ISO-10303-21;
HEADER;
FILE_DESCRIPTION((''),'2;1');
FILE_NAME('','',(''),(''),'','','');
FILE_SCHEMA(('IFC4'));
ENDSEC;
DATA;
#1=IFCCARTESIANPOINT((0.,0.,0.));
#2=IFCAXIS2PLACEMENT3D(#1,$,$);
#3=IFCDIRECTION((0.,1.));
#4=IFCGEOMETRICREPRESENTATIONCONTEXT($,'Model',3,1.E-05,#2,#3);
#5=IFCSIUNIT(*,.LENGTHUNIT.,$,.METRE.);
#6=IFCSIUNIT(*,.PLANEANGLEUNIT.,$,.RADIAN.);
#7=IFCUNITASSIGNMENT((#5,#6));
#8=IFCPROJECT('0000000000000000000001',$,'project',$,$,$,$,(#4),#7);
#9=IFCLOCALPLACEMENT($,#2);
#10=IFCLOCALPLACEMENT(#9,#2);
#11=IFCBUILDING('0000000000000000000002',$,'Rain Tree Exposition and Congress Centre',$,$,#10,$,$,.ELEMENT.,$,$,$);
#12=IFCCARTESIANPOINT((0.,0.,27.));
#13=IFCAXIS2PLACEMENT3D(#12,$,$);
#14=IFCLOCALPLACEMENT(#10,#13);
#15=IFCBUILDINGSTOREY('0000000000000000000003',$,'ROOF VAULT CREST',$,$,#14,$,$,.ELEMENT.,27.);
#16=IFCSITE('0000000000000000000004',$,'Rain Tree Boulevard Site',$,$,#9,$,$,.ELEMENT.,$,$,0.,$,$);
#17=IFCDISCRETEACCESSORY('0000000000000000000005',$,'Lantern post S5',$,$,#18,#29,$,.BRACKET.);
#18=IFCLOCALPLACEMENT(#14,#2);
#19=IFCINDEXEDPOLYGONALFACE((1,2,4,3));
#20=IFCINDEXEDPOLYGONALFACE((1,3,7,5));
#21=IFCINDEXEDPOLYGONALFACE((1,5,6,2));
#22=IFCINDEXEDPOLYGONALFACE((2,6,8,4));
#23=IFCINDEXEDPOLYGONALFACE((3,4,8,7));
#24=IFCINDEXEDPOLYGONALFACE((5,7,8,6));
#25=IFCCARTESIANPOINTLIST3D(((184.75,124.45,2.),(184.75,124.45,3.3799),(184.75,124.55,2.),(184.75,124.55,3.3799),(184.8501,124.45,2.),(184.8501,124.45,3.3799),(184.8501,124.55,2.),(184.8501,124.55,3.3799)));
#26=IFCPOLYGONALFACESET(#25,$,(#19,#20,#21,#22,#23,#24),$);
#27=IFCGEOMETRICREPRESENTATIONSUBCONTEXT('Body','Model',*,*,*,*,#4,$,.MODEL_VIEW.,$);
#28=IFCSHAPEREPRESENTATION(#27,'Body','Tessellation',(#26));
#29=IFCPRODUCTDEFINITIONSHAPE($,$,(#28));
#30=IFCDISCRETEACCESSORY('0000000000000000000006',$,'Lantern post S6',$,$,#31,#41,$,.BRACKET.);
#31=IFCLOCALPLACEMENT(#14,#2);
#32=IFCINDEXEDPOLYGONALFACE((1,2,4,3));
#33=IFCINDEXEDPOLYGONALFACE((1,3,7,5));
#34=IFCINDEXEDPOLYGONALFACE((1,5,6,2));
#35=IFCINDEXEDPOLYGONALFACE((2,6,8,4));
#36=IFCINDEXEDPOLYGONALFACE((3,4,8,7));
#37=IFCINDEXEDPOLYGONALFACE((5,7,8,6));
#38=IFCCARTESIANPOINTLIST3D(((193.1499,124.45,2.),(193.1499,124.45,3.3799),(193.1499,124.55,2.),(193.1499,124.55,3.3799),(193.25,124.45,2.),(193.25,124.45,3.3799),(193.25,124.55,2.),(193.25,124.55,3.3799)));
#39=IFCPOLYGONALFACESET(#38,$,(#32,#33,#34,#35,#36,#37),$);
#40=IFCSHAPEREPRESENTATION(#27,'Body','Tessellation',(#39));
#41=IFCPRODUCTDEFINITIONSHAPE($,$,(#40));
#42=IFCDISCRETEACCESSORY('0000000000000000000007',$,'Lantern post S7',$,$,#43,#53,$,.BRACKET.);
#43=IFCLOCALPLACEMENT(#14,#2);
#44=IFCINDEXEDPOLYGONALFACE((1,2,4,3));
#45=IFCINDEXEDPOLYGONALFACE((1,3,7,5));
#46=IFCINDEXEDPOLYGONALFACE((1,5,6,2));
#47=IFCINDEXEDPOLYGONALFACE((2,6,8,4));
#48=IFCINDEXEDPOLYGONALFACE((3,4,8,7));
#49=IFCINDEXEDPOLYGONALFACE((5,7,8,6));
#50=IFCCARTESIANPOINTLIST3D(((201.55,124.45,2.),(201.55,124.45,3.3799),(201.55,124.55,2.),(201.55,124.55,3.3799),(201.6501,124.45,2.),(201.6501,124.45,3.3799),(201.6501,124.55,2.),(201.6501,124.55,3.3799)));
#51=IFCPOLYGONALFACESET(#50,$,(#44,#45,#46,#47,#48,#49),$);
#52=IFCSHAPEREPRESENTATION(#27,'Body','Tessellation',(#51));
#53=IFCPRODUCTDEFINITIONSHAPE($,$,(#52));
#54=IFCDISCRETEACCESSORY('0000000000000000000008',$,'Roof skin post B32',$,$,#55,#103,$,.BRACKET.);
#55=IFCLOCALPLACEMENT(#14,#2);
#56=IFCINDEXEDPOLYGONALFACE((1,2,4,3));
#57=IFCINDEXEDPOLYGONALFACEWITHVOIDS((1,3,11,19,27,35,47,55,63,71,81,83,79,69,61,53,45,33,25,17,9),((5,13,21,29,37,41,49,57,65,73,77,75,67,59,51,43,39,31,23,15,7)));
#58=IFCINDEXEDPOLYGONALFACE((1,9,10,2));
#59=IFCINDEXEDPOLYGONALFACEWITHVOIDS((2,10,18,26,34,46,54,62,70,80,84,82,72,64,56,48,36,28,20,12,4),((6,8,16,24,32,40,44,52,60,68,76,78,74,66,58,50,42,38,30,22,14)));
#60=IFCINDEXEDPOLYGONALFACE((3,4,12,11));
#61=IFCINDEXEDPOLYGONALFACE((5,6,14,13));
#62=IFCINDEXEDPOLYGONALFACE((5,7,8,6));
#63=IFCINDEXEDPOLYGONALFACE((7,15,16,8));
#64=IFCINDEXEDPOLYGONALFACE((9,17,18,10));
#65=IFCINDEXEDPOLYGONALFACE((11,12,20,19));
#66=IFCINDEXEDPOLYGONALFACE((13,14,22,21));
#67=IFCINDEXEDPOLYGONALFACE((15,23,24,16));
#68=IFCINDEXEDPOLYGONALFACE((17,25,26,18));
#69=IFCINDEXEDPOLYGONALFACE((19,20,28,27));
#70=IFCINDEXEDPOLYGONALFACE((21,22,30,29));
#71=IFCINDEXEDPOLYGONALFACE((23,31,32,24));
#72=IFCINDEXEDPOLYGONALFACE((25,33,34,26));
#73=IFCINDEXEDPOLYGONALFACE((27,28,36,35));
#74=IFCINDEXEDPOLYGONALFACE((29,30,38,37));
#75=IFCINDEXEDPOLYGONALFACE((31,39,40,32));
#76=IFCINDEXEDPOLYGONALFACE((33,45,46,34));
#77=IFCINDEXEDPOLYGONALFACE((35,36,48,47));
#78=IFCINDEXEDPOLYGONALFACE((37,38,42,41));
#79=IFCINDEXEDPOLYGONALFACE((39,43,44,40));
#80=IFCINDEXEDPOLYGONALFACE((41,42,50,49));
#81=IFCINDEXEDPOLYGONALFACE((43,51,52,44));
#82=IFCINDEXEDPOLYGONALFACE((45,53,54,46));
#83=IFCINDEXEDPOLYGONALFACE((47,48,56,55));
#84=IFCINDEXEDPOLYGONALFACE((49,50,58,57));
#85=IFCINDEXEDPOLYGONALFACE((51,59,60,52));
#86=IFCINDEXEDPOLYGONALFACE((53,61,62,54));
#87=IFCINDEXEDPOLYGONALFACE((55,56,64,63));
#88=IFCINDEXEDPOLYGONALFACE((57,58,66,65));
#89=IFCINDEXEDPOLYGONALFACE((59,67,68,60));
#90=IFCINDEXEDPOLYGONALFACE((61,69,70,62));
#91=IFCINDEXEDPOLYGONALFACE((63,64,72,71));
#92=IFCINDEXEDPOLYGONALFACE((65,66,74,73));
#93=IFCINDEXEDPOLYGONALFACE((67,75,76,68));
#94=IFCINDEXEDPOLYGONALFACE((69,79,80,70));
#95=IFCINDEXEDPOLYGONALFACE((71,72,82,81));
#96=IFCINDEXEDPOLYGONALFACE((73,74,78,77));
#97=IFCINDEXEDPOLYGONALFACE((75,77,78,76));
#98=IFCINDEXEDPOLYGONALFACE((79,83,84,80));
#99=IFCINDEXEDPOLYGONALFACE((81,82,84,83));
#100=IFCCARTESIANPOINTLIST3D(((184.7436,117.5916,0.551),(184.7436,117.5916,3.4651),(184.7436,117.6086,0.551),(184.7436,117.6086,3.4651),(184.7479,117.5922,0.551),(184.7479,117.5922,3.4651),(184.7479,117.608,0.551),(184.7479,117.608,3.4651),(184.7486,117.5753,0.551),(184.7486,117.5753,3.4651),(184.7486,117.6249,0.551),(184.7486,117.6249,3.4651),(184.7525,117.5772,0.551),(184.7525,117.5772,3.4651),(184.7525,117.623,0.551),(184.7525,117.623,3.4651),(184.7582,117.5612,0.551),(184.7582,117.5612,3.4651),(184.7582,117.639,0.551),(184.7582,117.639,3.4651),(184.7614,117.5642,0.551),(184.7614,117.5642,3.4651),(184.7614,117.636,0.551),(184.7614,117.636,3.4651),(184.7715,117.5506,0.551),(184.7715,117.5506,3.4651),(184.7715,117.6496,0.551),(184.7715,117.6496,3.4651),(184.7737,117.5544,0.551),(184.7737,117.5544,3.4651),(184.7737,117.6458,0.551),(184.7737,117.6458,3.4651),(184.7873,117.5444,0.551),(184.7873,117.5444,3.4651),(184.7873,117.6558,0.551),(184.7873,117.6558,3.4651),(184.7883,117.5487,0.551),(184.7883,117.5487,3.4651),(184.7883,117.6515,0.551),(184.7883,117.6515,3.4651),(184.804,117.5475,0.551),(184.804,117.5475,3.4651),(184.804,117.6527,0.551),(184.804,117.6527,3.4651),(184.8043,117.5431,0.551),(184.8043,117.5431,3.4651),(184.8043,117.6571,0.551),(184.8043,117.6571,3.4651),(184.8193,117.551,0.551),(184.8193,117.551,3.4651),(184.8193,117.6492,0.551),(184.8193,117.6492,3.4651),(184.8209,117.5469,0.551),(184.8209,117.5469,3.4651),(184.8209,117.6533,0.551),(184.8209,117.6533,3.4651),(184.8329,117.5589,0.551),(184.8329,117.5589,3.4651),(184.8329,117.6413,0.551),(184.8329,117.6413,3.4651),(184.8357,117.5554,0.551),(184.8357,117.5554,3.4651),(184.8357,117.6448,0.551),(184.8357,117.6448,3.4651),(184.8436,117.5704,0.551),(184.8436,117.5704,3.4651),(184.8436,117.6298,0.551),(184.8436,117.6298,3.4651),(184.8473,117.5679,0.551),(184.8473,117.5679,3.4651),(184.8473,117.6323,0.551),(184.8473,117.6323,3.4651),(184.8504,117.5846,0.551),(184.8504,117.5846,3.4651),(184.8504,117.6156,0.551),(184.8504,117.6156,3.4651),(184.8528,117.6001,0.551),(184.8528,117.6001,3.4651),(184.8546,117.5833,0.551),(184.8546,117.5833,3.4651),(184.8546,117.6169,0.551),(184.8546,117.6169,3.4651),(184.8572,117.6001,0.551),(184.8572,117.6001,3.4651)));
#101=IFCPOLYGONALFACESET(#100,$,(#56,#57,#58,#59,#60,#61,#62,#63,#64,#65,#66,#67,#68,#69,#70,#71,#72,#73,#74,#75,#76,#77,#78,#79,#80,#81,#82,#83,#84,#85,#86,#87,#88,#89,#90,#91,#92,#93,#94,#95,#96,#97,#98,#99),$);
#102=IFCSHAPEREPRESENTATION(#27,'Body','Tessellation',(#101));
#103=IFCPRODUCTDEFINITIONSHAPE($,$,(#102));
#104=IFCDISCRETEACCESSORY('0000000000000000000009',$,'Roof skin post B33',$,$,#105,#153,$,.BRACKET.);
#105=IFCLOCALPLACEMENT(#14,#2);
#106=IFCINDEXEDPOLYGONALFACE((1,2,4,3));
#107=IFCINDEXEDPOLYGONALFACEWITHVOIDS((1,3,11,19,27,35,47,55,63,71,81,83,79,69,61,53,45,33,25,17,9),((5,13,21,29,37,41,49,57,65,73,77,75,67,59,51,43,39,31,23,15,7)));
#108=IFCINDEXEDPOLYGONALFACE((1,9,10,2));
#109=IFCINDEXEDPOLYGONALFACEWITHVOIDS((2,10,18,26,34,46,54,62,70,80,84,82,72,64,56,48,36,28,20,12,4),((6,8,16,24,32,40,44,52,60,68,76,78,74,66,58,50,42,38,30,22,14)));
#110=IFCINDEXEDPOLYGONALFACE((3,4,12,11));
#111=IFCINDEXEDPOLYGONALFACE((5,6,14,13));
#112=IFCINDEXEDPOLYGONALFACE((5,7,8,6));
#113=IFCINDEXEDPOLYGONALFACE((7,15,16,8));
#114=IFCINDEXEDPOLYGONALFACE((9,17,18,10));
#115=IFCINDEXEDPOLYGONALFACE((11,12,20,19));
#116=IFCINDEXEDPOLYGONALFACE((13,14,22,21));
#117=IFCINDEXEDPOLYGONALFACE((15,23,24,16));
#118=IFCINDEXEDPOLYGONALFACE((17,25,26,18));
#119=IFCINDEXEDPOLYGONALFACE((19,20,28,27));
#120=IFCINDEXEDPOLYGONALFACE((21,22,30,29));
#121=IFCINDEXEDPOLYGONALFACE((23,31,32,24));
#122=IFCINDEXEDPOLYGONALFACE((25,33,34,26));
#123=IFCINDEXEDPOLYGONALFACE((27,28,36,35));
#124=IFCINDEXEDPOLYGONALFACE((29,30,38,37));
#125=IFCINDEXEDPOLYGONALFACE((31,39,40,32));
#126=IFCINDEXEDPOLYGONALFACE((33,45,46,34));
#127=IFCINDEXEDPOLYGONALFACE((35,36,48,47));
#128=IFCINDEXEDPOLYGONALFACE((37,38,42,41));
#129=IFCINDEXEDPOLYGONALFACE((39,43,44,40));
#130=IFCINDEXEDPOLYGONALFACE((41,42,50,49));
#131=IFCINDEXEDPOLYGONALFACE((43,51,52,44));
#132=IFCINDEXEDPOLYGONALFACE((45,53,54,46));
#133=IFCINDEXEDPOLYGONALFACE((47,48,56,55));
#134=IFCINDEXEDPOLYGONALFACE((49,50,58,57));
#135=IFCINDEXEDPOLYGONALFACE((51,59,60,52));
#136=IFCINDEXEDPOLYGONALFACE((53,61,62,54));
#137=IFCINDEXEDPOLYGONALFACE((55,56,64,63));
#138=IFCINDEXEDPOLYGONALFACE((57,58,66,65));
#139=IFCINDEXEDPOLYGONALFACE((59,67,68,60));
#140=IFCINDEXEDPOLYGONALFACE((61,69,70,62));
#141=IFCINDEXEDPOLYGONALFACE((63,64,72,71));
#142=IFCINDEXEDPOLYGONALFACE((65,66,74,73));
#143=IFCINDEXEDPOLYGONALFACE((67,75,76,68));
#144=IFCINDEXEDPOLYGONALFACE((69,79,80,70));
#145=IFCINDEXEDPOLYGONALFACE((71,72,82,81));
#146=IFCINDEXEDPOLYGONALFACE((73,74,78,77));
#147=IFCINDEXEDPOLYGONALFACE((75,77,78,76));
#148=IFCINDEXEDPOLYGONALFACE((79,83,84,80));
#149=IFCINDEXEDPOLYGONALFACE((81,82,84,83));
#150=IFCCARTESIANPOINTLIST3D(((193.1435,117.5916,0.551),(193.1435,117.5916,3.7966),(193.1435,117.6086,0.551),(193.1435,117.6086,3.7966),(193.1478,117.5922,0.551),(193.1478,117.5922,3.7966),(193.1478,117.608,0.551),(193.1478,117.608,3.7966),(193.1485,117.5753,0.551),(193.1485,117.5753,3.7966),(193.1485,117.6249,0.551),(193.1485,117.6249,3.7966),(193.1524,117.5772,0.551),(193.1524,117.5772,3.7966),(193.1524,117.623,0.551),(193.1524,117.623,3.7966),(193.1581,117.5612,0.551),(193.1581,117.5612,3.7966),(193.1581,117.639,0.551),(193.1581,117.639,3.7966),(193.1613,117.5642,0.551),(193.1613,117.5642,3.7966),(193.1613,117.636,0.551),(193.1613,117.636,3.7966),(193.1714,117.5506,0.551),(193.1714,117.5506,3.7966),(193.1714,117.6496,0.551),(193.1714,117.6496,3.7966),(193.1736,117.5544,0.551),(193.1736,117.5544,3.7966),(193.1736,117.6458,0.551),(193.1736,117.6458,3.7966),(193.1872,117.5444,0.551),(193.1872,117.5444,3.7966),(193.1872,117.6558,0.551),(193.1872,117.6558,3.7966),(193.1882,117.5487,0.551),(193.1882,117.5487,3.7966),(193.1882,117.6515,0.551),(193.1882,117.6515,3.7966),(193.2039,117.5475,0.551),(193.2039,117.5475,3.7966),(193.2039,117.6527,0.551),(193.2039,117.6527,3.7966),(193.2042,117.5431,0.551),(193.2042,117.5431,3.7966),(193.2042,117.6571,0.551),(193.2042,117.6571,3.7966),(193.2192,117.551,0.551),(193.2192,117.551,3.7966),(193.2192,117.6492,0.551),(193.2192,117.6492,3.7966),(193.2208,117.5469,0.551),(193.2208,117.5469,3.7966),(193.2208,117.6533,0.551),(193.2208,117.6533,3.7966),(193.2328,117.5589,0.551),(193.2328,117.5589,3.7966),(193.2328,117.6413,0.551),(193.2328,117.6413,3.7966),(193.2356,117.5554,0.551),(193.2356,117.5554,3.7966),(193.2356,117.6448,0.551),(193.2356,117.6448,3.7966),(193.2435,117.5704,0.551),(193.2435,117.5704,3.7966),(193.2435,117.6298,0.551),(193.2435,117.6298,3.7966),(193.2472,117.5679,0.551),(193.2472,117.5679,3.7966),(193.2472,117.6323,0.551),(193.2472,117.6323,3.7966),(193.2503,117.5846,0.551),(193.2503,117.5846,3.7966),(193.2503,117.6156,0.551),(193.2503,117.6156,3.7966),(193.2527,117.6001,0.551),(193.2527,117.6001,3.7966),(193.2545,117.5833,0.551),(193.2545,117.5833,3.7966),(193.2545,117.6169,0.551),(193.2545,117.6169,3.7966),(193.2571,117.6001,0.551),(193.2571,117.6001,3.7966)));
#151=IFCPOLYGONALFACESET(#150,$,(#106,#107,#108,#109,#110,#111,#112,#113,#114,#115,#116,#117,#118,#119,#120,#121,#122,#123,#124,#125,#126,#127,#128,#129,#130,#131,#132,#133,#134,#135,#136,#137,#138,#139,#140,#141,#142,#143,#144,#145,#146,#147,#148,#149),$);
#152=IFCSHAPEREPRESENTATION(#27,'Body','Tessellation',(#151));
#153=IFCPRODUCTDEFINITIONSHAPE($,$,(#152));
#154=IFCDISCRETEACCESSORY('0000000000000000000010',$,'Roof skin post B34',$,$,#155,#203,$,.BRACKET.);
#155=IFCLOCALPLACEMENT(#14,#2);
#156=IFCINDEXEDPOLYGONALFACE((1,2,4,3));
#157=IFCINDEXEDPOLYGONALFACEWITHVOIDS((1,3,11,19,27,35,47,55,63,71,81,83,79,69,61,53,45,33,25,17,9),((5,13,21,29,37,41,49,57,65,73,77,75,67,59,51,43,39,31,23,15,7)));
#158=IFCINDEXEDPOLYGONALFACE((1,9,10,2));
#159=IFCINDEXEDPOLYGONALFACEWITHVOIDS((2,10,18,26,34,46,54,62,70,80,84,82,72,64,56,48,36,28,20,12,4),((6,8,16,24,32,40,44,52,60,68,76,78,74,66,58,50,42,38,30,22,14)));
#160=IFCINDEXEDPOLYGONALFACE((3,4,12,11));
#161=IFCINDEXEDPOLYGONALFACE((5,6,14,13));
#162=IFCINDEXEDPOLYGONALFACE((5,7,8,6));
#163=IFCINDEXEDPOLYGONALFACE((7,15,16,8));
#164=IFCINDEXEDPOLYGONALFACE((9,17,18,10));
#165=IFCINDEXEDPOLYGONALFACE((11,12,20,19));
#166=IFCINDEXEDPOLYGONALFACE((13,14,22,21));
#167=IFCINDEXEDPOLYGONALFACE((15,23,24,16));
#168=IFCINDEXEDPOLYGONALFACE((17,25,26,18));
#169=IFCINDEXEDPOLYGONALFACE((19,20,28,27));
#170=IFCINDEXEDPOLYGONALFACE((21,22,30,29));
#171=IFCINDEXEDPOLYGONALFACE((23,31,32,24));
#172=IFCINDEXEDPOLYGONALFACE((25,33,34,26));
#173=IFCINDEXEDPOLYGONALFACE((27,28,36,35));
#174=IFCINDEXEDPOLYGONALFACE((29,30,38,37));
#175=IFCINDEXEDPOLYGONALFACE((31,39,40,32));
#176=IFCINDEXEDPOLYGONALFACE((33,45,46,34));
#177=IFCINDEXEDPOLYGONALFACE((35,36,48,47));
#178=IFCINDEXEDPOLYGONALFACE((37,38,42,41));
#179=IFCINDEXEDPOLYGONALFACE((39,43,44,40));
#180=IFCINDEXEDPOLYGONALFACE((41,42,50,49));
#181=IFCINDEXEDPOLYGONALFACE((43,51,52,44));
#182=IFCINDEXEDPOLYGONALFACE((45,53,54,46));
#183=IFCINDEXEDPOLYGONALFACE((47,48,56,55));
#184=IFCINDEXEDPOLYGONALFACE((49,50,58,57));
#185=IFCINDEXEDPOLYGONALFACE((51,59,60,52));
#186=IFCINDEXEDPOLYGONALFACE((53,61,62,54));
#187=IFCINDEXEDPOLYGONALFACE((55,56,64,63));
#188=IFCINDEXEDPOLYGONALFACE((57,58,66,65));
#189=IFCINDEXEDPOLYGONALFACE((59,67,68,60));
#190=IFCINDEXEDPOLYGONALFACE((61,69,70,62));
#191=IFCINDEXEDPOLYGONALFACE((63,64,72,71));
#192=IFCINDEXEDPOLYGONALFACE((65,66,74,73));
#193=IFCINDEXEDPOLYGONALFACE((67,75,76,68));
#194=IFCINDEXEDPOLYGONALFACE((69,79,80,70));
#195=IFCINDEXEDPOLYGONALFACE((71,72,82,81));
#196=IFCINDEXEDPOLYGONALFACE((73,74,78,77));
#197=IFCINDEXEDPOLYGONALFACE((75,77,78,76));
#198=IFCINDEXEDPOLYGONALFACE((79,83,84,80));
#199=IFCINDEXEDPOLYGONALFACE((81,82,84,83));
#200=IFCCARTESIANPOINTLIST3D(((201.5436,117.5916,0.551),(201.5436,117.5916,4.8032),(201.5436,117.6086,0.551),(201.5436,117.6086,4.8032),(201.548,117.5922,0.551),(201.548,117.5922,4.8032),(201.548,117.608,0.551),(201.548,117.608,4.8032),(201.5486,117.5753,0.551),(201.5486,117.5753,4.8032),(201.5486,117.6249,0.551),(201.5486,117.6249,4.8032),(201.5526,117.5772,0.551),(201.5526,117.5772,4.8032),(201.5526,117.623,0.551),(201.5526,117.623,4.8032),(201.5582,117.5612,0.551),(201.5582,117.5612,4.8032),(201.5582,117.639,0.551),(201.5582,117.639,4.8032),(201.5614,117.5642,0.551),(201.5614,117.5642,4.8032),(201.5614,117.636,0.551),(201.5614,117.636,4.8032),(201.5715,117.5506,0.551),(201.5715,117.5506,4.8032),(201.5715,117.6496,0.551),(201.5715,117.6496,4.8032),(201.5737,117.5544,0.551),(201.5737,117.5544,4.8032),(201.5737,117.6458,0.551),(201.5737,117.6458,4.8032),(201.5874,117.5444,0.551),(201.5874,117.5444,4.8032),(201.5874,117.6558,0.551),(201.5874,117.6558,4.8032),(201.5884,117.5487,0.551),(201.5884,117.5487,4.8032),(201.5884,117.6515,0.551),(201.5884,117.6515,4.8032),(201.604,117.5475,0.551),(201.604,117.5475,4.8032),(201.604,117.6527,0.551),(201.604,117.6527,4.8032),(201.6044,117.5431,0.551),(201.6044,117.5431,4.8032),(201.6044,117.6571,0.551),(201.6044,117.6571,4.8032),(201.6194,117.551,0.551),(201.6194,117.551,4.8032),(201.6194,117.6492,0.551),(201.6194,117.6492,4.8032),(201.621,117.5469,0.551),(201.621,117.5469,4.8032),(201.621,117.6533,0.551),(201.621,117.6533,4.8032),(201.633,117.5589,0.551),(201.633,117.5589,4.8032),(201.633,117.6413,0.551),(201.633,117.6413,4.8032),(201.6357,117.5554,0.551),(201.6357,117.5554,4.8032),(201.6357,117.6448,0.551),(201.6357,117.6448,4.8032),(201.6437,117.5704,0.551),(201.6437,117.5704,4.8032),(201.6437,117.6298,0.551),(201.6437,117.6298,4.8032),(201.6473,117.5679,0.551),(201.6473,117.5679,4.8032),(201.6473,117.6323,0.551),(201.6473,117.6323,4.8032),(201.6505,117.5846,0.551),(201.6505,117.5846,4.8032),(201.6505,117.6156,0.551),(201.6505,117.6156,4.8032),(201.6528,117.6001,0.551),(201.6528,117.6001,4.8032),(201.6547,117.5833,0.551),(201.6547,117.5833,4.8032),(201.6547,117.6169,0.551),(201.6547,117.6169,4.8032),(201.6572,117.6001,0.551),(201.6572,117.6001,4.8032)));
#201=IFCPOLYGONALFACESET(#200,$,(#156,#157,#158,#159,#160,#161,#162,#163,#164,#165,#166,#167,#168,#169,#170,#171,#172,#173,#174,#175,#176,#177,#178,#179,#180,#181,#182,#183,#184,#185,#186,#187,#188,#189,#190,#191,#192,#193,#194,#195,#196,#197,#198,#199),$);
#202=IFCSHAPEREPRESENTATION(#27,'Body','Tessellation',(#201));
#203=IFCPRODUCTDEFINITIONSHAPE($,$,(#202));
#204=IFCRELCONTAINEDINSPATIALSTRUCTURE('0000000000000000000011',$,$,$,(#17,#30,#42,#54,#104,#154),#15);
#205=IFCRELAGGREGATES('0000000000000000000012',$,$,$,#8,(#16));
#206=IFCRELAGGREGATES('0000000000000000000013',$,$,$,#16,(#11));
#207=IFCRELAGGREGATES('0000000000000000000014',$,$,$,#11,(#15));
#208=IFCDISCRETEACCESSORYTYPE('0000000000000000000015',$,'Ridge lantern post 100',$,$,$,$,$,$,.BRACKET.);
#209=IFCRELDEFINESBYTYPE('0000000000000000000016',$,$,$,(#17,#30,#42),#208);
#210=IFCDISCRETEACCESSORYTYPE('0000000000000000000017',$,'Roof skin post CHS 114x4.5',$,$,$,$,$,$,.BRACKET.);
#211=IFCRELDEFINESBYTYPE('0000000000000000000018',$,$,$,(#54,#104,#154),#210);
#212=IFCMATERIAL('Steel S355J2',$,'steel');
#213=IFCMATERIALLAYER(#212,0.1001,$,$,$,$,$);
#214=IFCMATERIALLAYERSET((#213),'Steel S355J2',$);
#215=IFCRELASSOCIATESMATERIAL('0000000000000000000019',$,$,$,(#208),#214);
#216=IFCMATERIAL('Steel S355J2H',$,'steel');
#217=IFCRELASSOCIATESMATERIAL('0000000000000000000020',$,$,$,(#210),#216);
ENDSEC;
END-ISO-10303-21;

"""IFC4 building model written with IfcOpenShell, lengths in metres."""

from ifc_helpers import new_model, si_unit, direction, frame, origin, origin_2d, place, context, subcontext, project, spatial, rectangle, hollow_circle, extrude, material, layer, layer_set, material_profile, profile_set, type_object, element, save


model = new_model("IFC4")

# Units and contexts
model_context = context("Model", 3, precision=1e-05, world=origin(), true_north=direction((0.0, 1.0)))
body_context = subcontext(model_context, "Body", "Model", "MODEL_VIEW")
ifc_project = project(units=[si_unit("LENGTHUNIT", "METRE"), si_unit("PLANEANGLEUNIT", "RADIAN")], contexts=[model_context])

# Site, building, storey
site_placement = place(None, origin())
site = spatial("IfcSite", under=ifc_project, at=site_placement, Name="Rain Tree Boulevard Site", CompositionType="ELEMENT", RefElevation=0.0)
building_placement = place(site_placement, origin())
building = spatial("IfcBuilding", under=site, at=building_placement, Name="Rain Tree Exposition and Congress Centre", CompositionType="ELEMENT")
storey_placement = place(building_placement, frame((0.0, 0.0, 27.0)))
storey = spatial("IfcBuildingStorey", under=building, at=storey_placement, Name="ROOF VAULT CREST", CompositionType="ELEMENT", Elevation=27.0)

# Discrete accessories
ifc_material_1 = material(Name="Steel S355J2", Category="steel")
ifc_layer_1 = layer(ifc_material_1, 0.1001)
ifc_layer_set_1 = layer_set([ifc_layer_1], Name="Steel S355J2")
discrete_accessory_type_1 = type_object("IfcDiscreteAccessoryType", Name="Ridge lantern post 100", PredefinedType="BRACKET", material=ifc_layer_set_1)
for number, where, z_axis, x_axis, name in (
    (1, (184.8, 124.5, 2.0), (0.0, 0.0, 1.0), (1.0, 0.0, 0.0), "Lantern post S5"),
    (2, (193.2, 124.5, 2.0), (0.0, 0.0, 1.0), (1.0, 0.0, 0.0), "Lantern post S6"),
    (3, (201.6001, 124.5, 2.0), (0.0, 0.0, 1.0), (1.0, 0.0, 0.0), "Lantern post S7"),
):
    element("IfcDiscreteAccessory", number, at=place(storey_placement, frame(where, z_axis=z_axis, x_axis=x_axis)), inside=storey, type_object=discrete_accessory_type_1, Name=name, PredefinedType="BRACKET", context=body_context, shape_type="SweptSolid", body=[
        extrude(rectangle(XDim=0.1001, YDim=0.1001, at=origin_2d()), origin(), (0.0, 0.0, 1.0), 1.3799),
    ])
ifc_material_2 = material(Name="Steel S355J2H", Category="steel")
ifc_material_profile_1 = material_profile(ifc_material_2, hollow_circle(Radius=0.0571, WallThickness=0.0044, at=origin_2d()), Name="CHS 114x4.5")
ifc_profile_set_1 = profile_set([ifc_material_profile_1], Name="Steel S355J2H")
discrete_accessory_type_2 = type_object("IfcDiscreteAccessoryType", Name="Roof skin post CHS 114x4.5", PredefinedType="BRACKET", material=ifc_profile_set_1)
discrete_accessory_1_placement = place(storey_placement, frame((184.8, 117.6001, 0.551), z_axis=(0.0, 0.0, 1.0), x_axis=(1.0, 0.0, 0.0)))
element("IfcDiscreteAccessory", 4, at=discrete_accessory_1_placement, inside=storey, type_object=discrete_accessory_type_2, Name="Roof skin post B32", PredefinedType="BRACKET", context=body_context, shape_type="SweptSolid", body=[
    extrude(hollow_circle(Radius=0.0571, WallThickness=0.0044, at=origin_2d()), origin(), (0.0, 0.0, 1.0), 2.9141),
])
discrete_accessory_2_placement = place(storey_placement, frame((193.2, 117.6001, 0.551), z_axis=(0.0, 0.0, 1.0), x_axis=(1.0, 0.0, 0.0)))
element("IfcDiscreteAccessory", 5, at=discrete_accessory_2_placement, inside=storey, type_object=discrete_accessory_type_2, Name="Roof skin post B33", PredefinedType="BRACKET", context=body_context, shape_type="SweptSolid", body=[
    extrude(hollow_circle(Radius=0.0571, WallThickness=0.0044, at=origin_2d()), origin(), (0.0, 0.0, 1.0), 3.2456),
])
discrete_accessory_3_placement = place(storey_placement, frame((201.6001, 117.6001, 0.551), z_axis=(0.0, 0.0, 1.0), x_axis=(1.0, 0.0, 0.0)))
element("IfcDiscreteAccessory", 6, at=discrete_accessory_3_placement, inside=storey, type_object=discrete_accessory_type_2, Name="Roof skin post B34", PredefinedType="BRACKET", context=body_context, shape_type="SweptSolid", body=[
    extrude(hollow_circle(Radius=0.0571, WallThickness=0.0044, at=origin_2d()), origin(), (0.0, 0.0, 1.0), 4.2522),
])

save(model, "model.ifc")
